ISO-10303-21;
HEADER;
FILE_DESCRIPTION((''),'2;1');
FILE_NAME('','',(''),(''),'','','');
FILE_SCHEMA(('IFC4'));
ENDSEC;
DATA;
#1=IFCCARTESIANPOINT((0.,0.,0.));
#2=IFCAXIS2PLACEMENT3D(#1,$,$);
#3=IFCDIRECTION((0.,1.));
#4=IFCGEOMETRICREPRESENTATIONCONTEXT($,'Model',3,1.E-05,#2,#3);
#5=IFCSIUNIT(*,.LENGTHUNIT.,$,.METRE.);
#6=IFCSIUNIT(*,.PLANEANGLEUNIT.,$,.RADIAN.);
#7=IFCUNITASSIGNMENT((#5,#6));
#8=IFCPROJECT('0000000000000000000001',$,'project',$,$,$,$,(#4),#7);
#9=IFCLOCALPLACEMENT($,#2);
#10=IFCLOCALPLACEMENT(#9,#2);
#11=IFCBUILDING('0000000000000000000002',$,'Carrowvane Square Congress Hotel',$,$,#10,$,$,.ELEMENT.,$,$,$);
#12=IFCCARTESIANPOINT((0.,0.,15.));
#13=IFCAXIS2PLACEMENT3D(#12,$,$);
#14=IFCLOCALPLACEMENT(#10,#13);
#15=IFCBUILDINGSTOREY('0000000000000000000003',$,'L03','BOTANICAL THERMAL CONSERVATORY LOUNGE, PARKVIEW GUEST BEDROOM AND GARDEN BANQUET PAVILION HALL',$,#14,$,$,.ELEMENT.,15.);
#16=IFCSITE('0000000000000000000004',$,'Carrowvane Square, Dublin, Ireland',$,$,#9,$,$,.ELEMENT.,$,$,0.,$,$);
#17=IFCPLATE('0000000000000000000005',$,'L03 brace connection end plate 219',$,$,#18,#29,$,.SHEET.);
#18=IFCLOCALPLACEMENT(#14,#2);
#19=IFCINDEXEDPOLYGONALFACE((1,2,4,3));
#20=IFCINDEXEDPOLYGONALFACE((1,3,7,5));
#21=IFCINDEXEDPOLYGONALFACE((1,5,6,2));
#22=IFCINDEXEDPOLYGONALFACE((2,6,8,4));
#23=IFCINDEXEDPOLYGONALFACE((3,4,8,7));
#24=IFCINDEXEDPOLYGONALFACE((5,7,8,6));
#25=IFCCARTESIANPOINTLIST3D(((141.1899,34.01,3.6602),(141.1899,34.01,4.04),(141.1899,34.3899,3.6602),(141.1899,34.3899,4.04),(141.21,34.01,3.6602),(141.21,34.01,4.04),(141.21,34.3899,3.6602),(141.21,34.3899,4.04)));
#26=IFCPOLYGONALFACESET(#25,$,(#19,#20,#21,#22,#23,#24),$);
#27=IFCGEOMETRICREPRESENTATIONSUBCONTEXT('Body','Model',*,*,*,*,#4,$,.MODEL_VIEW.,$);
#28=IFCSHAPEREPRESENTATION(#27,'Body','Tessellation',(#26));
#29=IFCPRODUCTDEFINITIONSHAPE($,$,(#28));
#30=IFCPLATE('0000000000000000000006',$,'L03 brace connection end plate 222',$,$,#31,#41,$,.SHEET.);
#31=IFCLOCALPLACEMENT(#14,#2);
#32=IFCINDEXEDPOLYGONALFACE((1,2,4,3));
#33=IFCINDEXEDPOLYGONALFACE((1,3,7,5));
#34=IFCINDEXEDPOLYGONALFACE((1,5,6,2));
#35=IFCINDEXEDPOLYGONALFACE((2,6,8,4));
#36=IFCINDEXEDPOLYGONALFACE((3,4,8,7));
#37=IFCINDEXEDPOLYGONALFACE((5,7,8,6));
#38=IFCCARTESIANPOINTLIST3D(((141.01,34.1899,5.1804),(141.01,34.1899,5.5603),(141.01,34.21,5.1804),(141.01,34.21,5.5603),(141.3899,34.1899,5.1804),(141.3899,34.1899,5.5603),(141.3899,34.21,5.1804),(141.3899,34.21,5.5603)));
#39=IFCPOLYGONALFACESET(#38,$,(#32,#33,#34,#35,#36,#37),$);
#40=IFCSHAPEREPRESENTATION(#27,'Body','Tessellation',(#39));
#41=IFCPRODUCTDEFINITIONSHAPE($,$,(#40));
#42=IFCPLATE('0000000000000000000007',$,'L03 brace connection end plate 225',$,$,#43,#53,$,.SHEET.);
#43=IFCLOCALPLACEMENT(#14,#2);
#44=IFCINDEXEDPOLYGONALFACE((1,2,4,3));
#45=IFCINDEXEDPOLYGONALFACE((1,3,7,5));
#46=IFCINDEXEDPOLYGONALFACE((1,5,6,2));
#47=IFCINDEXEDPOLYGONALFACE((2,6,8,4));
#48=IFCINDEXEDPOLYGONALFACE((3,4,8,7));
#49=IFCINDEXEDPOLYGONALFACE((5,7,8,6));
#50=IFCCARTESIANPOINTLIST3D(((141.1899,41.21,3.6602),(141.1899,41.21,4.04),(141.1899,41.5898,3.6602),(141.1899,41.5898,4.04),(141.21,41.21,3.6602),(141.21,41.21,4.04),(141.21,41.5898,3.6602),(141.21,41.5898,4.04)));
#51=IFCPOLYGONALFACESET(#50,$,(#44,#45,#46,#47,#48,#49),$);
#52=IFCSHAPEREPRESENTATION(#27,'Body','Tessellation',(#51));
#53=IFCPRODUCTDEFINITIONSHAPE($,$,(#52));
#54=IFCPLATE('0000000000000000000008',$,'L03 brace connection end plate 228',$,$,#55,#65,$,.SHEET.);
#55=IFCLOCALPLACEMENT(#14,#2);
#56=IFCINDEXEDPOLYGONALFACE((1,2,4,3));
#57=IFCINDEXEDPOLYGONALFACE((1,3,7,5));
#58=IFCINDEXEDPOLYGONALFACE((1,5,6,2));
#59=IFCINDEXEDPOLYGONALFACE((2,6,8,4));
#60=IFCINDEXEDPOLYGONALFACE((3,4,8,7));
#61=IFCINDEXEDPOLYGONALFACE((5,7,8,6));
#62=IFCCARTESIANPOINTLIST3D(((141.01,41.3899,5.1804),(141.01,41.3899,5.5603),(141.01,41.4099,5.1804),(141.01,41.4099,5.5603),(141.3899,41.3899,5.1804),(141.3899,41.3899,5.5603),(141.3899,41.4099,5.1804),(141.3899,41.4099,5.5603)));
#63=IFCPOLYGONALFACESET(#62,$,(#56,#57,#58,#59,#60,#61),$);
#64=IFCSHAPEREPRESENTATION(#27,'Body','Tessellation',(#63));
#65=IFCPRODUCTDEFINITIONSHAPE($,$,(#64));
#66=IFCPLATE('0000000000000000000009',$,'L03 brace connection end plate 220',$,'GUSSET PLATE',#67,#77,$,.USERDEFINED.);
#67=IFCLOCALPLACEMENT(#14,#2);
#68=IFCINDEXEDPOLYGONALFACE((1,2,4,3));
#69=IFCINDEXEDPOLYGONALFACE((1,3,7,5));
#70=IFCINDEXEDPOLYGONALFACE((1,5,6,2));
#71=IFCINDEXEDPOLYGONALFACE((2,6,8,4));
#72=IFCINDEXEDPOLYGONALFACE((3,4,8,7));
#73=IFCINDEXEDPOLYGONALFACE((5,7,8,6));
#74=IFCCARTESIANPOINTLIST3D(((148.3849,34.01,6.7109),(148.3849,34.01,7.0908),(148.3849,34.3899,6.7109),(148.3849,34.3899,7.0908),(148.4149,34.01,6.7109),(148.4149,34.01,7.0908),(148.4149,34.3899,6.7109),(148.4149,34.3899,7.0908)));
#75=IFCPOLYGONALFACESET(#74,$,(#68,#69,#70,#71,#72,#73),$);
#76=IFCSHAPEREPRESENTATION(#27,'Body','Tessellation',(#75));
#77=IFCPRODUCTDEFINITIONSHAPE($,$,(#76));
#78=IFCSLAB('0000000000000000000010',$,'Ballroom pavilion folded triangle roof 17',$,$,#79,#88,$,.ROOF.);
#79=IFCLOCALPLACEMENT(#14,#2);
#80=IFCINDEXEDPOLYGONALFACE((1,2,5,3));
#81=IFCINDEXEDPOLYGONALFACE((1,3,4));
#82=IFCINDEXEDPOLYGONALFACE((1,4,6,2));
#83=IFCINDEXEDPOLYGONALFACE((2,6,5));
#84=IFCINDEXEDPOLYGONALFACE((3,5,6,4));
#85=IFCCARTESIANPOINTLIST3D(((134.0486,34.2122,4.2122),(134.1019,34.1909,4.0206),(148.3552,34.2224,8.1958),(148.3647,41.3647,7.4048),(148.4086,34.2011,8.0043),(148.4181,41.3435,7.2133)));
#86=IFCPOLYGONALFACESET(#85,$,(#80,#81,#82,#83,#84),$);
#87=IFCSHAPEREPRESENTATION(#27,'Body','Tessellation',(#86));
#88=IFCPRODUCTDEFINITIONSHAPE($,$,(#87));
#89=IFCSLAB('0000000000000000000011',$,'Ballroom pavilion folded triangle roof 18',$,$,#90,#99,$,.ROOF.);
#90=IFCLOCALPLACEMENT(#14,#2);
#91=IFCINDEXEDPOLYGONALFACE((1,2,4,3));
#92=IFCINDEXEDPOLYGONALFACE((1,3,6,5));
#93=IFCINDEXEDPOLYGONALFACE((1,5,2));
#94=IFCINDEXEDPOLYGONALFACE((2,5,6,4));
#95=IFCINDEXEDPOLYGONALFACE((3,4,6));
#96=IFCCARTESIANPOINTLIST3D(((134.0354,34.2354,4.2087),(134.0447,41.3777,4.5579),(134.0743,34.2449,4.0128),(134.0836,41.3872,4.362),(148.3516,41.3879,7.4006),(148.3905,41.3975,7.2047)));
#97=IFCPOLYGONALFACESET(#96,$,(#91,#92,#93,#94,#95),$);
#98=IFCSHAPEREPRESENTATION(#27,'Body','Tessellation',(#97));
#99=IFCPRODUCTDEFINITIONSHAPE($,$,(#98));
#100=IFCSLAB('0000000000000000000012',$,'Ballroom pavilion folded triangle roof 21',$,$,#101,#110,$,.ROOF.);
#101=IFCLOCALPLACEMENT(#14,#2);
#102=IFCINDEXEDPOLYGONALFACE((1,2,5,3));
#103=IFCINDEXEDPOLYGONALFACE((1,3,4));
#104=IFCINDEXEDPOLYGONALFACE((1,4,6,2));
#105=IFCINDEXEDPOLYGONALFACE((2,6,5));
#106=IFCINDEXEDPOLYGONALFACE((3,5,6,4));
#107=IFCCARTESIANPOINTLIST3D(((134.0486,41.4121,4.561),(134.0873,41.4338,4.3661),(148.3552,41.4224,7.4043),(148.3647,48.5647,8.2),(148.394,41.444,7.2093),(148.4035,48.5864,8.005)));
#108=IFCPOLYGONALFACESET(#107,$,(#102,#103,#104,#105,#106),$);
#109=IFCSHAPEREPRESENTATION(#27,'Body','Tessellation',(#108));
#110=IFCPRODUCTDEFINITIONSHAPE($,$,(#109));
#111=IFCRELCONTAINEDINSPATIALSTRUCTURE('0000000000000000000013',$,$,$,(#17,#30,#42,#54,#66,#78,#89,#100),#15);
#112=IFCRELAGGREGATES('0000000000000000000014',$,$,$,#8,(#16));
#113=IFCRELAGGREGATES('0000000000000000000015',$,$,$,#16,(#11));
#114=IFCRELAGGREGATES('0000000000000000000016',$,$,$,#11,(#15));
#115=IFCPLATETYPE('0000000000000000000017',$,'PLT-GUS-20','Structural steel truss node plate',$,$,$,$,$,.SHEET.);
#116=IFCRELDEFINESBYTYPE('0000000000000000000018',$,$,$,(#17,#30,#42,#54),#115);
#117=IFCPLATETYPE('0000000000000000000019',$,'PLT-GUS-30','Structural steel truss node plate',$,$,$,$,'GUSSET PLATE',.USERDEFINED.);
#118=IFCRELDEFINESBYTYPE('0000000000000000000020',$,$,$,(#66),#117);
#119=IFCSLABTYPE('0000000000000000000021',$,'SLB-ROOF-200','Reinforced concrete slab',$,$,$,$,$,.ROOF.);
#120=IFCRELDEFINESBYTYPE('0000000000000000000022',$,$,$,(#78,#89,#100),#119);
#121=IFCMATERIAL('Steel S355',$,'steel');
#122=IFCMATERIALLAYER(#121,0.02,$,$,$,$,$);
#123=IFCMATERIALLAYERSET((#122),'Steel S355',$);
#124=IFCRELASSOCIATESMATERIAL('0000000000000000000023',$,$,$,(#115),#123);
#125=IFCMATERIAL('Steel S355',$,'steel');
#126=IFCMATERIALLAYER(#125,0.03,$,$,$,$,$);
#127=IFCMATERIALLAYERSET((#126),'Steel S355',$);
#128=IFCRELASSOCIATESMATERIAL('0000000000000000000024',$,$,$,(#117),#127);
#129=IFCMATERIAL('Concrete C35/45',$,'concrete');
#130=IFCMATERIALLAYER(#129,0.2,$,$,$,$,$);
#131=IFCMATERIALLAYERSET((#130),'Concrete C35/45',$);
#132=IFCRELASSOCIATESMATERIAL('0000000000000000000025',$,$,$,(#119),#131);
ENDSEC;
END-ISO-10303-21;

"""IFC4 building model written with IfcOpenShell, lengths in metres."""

from ifc_helpers import new_model, si_unit, direction, frame, origin, origin_2d, place, context, subcontext, project, spatial, polyline, rectangle, outline, extrude, material, layer, layer_set, type_object, element, save


model = new_model("IFC4")

# Units and contexts
model_context = context("Model", 3, precision=1e-05, world=origin(), true_north=direction((0.0, 1.0)))
body_context = subcontext(model_context, "Body", "Model", "MODEL_VIEW")
ifc_project = project(units=[si_unit("LENGTHUNIT", "METRE"), si_unit("PLANEANGLEUNIT", "RADIAN")], contexts=[model_context])

# Site, building, storey
site_placement = place(None, origin())
site = spatial("IfcSite", under=ifc_project, at=site_placement, Name="Carrowvane Square, Dublin, Ireland", CompositionType="ELEMENT", RefElevation=0.0)
building_placement = place(site_placement, origin())
building = spatial("IfcBuilding", under=site, at=building_placement, Name="Carrowvane Square Congress Hotel", CompositionType="ELEMENT")
storey_placement = place(building_placement, frame((0.0, 0.0, 15.0)))
storey = spatial("IfcBuildingStorey", under=building, at=storey_placement, Name="L03", Description="BOTANICAL THERMAL CONSERVATORY LOUNGE, PARKVIEW GUEST BEDROOM AND GARDEN BANQUET PAVILION HALL", CompositionType="ELEMENT", Elevation=15.0)

# Plates
ifc_material_1 = material(Name="Steel S355", Category="steel")
ifc_layer_1 = layer(ifc_material_1, 0.02)
ifc_layer_set_1 = layer_set([ifc_layer_1], Name="Steel S355")
plate_type_1 = type_object("IfcPlateType", Name="PLT-GUS-20", Description="Structural steel truss node plate", PredefinedType="SHEET", material=ifc_layer_set_1)
plate_1_placement = place(storey_placement, frame((141.2, 34.2, 3.6602), z_axis=(0.0, 0.0, 1.0), x_axis=(1.0, 0.0, 0.0)))
element("IfcPlate", 1, at=plate_1_placement, inside=storey, type_object=plate_type_1, Name="L03 brace connection end plate 219", PredefinedType="SHEET", context=body_context, shape_type="SweptSolid", body=[
    extrude(rectangle(XDim=0.02, YDim=0.3799, at=origin_2d()), origin(), (0.0, 0.0, 1.0), 0.3799),
])
plate_2_placement = place(storey_placement, frame((141.2, 34.2, 5.1804), z_axis=(0.0, 0.0, 1.0), x_axis=(1.0, 0.0, 0.0)))
element("IfcPlate", 2, at=plate_2_placement, inside=storey, type_object=plate_type_1, Name="L03 brace connection end plate 222", PredefinedType="SHEET", context=body_context, shape_type="SweptSolid", body=[
    extrude(rectangle(XDim=0.3799, YDim=0.02, at=origin_2d()), origin(), (0.0, 0.0, 1.0), 0.3799),
])
plate_3_placement = place(storey_placement, frame((141.2, 41.3999, 3.6602), z_axis=(0.0, 0.0, 1.0), x_axis=(1.0, 0.0, 0.0)))
element("IfcPlate", 3, at=plate_3_placement, inside=storey, type_object=plate_type_1, Name="L03 brace connection end plate 225", PredefinedType="SHEET", context=body_context, shape_type="SweptSolid", body=[
    extrude(rectangle(XDim=0.02, YDim=0.3799, at=origin_2d()), origin(), (0.0, 0.0, 1.0), 0.3799),
])
plate_4_placement = place(storey_placement, frame((141.2, 41.3999, 5.1804), z_axis=(0.0, 0.0, 1.0), x_axis=(1.0, 0.0, 0.0)))
element("IfcPlate", 4, at=plate_4_placement, inside=storey, type_object=plate_type_1, Name="L03 brace connection end plate 228", PredefinedType="SHEET", context=body_context, shape_type="SweptSolid", body=[
    extrude(rectangle(XDim=0.3799, YDim=0.02, at=origin_2d()), origin(), (0.0, 0.0, 1.0), 0.3799),
])
ifc_material_2 = material(Name="Steel S355", Category="steel")
ifc_layer_2 = layer(ifc_material_2, 0.03)
ifc_layer_set_2 = layer_set([ifc_layer_2], Name="Steel S355")
plate_type_2 = type_object("IfcPlateType", Name="PLT-GUS-30", Description="Structural steel truss node plate", ElementType="GUSSET PLATE", PredefinedType="USERDEFINED", material=ifc_layer_set_2)
plate_5_placement = place(storey_placement, frame((148.3999, 34.2, 6.7109), z_axis=(0.0, 0.0, 1.0), x_axis=(1.0, 0.0, 0.0)))
element("IfcPlate", 5, at=plate_5_placement, inside=storey, type_object=plate_type_2, Name="L03 brace connection end plate 220", ObjectType="GUSSET PLATE", PredefinedType="USERDEFINED", context=body_context, shape_type="SweptSolid", body=[
    extrude(rectangle(XDim=0.03, YDim=0.3799, at=origin_2d()), origin(), (0.0, 0.0, 1.0), 0.3799),
])

# Slabs
ifc_material_3 = material(Name="Concrete C35/45", Category="concrete")
ifc_layer_3 = layer(ifc_material_3, 0.2)
ifc_layer_set_3 = layer_set([ifc_layer_3], Name="Concrete C35/45")
slab_type = type_object("IfcSlabType", Name="SLB-ROOF-200", Description="Reinforced concrete slab", PredefinedType="ROOF", material=ifc_layer_set_3)
slab_1_placement = place(storey_placement, frame((134.0486, 34.2122, 4.2122), z_axis=(-0.266789, 0.106439, 0.957859), x_axis=(0.963351, 0.00069, 0.268242)))
element("IfcSlab", 6, at=slab_1_placement, inside=storey, type_object=slab_type, Name="Ballroom pavilion folded triangle roof 17", PredefinedType="ROOF", context=body_context, shape_type="SweptSolid", body=[
    extrude(outline(polyline([(0.0, 0.0), (14.8509, 0.0), (14.6528, 7.1833), (0.0, 0.0)])), origin(), (0.0, 0.0, -1.0), 0.2),
])
slab_2_placement = place(storey_placement, frame((134.0354, 34.2354, 4.2087), z_axis=(-0.194636, -0.047636, 0.979718), x_axis=(0.877285, 0.438306, 0.195597)))
element("IfcSlab", 7, at=slab_2_placement, inside=storey, type_object=slab_type, Name="Ballroom pavilion folded triangle roof 18", PredefinedType="ROOF", context=body_context, shape_type="SweptSolid", body=[
    extrude(outline(polyline([(0.0, 0.0), (16.3187, 0.0), (3.207, 6.3914), (0.0, 0.0)])), origin(), (0.0, 0.0, -1.0), 0.2),
])
slab_3_placement = place(storey_placement, frame((134.0486, 41.4121, 4.561), z_axis=(-0.193703, -0.108363, 0.975057), x_axis=(0.980818, 0.000703, 0.194925)))
element("IfcSlab", 8, at=slab_3_placement, inside=storey, type_object=slab_type, Name="Ballroom pavilion folded triangle roof 21", PredefinedType="ROOF", context=body_context, shape_type="SweptSolid", body=[
    extrude(outline(polyline([(0.0, 0.0), (14.5864, 0.0), (14.7559, 7.1845), (0.0, 0.0)])), origin(), (0.0, 0.0, -1.0), 0.2),
])

save(model, "model.ifc")
